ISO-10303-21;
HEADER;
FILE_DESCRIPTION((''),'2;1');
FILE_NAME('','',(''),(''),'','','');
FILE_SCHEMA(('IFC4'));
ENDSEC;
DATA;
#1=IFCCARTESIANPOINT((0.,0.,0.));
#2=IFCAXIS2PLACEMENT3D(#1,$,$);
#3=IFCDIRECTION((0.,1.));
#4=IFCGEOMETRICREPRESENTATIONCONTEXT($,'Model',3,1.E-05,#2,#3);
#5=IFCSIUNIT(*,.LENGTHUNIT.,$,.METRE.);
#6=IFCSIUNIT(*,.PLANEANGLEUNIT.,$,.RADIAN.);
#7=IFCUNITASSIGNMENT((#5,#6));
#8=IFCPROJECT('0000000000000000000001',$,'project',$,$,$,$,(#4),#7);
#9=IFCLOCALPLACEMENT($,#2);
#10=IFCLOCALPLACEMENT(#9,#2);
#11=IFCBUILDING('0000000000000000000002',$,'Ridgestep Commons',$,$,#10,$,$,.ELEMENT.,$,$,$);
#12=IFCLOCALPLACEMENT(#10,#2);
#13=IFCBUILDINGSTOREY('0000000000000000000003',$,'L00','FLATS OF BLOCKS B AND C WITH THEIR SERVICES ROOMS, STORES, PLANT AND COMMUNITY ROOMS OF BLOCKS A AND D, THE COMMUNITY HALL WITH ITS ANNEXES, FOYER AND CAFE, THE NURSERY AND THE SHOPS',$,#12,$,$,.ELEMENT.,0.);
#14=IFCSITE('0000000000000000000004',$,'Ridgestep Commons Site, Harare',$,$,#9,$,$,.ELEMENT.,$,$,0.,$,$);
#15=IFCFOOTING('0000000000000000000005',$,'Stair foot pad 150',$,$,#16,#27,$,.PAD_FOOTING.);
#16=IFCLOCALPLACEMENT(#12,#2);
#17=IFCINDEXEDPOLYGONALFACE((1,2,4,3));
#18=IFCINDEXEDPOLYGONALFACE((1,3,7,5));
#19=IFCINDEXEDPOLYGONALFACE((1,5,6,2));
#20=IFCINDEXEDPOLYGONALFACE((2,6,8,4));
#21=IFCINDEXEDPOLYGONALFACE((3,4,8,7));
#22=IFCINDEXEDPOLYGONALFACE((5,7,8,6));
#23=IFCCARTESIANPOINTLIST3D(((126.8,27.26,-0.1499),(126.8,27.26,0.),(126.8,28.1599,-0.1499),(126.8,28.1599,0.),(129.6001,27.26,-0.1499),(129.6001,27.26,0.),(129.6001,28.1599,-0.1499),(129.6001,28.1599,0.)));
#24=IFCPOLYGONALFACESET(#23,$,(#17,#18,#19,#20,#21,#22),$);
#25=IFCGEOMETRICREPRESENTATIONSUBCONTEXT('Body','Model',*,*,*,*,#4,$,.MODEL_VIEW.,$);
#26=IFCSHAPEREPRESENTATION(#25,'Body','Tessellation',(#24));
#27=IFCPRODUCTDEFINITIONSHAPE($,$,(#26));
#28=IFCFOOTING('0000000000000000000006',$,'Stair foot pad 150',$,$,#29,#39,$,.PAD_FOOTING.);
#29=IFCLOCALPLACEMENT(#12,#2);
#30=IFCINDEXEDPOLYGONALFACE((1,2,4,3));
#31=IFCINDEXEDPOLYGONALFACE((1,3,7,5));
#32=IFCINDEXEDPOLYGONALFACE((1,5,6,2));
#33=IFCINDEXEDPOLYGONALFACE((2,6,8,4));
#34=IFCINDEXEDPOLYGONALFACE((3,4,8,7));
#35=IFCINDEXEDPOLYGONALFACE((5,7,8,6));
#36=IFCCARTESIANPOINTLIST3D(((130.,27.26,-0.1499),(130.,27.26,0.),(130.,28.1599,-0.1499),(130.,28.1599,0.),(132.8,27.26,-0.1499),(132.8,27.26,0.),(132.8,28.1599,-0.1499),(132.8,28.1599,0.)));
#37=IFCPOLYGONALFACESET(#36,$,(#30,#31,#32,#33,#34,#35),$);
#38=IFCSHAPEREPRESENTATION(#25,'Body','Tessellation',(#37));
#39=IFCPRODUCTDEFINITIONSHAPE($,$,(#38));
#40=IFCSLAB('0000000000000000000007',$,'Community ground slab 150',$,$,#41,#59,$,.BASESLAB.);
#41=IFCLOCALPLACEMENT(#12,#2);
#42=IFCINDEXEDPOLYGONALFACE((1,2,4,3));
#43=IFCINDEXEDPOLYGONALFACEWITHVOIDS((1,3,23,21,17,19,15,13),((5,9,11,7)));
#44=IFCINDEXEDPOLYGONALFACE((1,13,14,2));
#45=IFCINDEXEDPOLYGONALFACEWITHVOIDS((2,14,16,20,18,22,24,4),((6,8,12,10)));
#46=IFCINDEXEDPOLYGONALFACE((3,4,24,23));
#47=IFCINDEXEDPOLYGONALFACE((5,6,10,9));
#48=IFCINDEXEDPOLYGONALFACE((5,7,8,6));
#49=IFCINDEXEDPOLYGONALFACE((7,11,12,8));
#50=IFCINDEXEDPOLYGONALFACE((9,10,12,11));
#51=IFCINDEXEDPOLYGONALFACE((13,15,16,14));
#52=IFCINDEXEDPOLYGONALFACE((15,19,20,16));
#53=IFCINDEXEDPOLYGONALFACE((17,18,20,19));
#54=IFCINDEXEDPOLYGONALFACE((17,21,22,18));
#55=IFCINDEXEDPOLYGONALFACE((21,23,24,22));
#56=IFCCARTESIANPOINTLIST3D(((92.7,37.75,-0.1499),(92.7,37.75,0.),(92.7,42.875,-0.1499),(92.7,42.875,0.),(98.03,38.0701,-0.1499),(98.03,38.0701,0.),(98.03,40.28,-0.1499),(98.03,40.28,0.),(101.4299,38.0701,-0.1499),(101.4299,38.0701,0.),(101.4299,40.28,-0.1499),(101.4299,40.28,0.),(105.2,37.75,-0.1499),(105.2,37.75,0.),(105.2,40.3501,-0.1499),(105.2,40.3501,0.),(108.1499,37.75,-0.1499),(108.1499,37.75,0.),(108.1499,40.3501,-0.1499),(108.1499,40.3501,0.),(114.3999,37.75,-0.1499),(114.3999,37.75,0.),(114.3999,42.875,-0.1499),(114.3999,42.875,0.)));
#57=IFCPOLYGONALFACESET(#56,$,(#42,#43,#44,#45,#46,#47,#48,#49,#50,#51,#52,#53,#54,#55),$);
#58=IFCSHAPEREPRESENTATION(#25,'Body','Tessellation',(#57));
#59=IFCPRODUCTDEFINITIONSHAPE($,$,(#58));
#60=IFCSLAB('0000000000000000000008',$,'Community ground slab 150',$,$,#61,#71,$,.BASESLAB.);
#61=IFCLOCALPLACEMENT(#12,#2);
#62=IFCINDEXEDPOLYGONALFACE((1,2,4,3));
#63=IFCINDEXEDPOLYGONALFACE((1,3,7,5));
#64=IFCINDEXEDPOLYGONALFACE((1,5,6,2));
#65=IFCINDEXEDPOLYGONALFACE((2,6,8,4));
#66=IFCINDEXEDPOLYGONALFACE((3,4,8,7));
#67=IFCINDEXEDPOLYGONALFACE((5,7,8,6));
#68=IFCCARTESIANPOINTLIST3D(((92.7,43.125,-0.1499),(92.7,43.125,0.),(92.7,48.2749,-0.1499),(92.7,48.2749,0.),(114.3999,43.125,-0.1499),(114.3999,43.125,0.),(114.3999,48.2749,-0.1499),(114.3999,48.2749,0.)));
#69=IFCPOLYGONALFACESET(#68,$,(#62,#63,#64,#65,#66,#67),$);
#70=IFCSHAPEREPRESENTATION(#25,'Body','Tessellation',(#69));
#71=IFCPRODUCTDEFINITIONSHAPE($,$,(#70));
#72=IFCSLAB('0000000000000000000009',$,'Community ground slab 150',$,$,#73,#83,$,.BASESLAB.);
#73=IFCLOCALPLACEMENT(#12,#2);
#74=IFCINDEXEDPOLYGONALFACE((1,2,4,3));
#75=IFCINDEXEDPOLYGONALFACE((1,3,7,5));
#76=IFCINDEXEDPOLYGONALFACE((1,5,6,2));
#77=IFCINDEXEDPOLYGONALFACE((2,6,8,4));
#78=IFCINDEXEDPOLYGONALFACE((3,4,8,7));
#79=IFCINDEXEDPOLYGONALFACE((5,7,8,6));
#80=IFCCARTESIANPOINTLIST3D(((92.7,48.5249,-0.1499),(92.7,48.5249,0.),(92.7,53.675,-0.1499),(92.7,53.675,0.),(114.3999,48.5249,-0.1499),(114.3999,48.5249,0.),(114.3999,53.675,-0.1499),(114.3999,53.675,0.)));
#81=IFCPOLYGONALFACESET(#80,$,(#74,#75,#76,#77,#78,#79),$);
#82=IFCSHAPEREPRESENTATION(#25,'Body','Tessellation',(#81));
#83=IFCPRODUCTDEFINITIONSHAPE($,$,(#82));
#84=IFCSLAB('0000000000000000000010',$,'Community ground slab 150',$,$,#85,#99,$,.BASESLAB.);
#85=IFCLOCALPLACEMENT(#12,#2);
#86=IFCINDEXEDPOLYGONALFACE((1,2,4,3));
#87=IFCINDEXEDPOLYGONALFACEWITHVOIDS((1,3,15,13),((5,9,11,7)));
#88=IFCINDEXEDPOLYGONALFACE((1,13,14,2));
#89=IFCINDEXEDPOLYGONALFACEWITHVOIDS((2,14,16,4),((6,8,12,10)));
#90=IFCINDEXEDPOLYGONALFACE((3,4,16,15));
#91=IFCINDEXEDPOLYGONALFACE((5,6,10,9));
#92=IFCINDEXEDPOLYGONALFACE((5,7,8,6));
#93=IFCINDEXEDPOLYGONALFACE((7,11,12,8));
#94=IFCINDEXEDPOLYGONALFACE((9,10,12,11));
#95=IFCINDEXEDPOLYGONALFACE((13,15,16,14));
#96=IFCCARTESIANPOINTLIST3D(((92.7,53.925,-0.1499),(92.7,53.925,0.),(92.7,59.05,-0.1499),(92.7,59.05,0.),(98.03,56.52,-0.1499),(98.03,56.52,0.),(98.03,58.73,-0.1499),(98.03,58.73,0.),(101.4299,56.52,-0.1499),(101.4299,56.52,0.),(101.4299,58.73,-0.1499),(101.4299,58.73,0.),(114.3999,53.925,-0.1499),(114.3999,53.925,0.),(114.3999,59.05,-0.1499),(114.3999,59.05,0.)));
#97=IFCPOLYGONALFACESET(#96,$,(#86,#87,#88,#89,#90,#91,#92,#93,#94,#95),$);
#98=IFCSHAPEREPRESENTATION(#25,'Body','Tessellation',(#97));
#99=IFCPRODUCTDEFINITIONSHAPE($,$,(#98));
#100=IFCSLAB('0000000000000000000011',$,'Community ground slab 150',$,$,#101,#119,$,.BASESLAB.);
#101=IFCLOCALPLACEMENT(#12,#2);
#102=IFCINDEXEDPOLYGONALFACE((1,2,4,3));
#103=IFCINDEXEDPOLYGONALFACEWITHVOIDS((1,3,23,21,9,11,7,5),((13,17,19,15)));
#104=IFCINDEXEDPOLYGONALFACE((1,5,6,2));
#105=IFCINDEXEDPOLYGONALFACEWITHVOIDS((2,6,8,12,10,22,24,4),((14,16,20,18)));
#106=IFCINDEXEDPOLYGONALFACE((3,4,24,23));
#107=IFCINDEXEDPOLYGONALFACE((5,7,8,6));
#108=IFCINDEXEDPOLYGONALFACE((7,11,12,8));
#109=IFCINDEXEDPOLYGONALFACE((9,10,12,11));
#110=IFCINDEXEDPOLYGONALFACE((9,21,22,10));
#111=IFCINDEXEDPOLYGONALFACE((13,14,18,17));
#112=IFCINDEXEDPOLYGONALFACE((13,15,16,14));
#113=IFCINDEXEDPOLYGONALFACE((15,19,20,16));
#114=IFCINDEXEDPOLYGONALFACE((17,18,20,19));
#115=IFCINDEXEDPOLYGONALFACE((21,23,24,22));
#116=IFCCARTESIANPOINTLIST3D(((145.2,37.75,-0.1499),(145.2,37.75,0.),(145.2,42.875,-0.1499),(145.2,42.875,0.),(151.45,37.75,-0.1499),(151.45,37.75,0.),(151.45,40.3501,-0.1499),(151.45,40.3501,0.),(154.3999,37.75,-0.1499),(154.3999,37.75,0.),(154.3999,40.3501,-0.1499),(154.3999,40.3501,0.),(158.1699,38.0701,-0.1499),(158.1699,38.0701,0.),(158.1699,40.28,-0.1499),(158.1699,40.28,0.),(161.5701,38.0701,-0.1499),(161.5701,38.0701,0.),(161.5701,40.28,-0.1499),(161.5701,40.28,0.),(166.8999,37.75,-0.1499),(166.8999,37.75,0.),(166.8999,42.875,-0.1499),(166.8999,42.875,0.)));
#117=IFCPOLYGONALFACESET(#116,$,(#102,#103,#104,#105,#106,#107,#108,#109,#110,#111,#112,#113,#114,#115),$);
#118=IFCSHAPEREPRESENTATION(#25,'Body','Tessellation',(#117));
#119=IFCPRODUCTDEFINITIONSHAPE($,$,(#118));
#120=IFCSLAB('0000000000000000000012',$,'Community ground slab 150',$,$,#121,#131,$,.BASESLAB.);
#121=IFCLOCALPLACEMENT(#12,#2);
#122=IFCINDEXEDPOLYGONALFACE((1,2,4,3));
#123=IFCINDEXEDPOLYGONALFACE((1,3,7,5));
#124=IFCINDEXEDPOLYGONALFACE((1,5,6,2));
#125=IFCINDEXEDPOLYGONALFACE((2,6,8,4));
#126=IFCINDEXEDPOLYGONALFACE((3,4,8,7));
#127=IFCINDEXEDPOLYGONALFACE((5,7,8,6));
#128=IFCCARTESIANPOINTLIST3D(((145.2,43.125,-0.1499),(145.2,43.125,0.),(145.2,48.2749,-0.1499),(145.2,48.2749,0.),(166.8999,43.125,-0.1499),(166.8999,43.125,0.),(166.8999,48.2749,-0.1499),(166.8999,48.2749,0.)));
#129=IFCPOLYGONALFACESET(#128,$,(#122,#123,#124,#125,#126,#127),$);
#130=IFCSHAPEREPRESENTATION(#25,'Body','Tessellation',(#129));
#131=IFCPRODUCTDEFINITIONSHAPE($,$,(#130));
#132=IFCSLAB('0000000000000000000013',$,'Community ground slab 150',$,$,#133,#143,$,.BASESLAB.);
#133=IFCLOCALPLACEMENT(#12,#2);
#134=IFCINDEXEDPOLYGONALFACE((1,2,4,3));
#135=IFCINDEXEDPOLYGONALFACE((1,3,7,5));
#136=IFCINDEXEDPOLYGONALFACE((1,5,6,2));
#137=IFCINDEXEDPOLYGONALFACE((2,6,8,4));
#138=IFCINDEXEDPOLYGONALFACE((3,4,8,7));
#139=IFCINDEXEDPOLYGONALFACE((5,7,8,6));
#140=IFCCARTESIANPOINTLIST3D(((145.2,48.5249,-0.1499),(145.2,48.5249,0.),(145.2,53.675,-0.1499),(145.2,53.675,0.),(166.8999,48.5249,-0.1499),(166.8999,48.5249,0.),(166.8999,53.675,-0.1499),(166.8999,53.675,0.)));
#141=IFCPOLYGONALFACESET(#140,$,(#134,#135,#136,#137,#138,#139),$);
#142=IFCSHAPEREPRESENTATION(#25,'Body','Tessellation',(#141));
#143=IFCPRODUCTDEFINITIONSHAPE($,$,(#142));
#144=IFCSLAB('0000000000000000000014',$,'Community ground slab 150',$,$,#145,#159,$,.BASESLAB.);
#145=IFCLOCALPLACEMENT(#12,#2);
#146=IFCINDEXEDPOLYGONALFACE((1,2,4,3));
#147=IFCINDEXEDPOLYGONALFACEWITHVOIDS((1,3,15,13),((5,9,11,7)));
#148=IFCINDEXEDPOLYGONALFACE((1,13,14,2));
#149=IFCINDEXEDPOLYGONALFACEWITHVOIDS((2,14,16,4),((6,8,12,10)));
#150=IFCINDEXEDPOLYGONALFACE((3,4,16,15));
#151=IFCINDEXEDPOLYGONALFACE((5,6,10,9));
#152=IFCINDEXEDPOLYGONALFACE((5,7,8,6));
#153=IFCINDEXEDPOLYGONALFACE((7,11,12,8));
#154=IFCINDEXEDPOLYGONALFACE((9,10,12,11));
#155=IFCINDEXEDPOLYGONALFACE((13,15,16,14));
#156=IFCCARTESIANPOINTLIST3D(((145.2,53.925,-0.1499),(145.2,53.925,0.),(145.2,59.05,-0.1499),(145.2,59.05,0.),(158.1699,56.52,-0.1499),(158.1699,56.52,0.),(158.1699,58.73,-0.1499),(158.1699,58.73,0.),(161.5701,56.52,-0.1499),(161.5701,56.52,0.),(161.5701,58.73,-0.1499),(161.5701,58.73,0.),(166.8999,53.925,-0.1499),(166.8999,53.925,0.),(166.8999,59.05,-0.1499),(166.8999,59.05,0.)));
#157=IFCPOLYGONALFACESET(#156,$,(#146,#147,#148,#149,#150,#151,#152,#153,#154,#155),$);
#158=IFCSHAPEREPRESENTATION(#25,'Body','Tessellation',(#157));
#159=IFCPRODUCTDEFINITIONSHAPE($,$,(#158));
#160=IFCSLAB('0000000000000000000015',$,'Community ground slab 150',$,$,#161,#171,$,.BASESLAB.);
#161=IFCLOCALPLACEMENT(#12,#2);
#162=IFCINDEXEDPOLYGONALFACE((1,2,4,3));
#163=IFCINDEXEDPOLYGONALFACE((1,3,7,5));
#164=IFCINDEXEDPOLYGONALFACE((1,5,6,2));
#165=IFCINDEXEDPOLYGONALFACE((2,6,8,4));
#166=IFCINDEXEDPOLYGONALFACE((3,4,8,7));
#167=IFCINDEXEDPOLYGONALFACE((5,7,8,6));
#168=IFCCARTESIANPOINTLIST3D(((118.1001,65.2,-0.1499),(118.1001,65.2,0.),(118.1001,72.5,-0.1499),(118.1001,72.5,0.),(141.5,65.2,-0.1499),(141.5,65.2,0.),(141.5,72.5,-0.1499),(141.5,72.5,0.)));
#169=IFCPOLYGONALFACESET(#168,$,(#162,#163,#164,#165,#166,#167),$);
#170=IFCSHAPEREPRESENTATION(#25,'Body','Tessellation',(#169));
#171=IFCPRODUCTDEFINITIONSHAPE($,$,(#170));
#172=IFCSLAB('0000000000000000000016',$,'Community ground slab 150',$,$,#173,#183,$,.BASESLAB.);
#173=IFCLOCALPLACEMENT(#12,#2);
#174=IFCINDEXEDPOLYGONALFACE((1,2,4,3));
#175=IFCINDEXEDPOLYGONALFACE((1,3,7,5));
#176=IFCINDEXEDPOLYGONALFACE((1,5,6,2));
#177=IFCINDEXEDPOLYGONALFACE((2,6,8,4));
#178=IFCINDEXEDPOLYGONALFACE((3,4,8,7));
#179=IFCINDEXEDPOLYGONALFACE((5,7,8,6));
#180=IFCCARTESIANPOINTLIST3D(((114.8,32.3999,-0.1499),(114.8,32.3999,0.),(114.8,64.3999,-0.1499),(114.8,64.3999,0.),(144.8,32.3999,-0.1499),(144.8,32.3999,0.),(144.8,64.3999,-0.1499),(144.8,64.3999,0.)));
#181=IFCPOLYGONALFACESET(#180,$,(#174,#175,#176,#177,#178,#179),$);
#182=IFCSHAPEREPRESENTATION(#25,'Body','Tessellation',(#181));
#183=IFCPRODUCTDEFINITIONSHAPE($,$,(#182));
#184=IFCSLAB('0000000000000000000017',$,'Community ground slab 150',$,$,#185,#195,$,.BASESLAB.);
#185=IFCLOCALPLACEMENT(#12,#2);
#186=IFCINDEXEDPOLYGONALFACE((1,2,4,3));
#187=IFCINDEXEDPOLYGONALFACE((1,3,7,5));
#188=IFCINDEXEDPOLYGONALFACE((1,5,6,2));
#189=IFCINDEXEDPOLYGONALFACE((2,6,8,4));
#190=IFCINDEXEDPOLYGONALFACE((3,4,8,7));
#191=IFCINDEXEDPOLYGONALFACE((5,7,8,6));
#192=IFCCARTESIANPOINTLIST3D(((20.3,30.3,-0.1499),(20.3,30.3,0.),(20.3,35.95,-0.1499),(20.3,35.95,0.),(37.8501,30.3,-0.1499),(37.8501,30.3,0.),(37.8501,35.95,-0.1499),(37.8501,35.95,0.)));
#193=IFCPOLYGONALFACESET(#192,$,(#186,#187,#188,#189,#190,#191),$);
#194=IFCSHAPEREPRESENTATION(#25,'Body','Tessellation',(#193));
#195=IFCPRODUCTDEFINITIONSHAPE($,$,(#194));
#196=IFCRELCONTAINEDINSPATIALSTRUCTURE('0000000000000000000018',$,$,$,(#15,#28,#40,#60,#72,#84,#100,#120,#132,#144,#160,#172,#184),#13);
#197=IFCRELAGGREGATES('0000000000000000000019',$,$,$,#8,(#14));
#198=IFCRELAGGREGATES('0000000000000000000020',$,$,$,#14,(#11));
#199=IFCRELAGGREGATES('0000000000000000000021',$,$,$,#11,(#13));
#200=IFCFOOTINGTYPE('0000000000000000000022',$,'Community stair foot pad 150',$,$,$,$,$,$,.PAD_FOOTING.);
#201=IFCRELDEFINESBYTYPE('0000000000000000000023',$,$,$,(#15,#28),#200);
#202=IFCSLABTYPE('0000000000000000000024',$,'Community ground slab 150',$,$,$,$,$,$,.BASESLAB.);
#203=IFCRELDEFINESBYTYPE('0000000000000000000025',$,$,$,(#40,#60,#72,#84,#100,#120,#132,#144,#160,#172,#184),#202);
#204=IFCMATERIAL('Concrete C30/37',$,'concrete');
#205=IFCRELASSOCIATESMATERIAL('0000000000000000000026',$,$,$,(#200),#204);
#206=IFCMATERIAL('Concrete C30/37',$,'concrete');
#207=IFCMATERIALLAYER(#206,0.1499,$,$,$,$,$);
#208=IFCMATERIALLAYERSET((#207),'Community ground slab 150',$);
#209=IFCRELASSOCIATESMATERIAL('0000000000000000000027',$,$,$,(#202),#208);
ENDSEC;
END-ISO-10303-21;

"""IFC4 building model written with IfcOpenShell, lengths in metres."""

from ifc_helpers import new_model, si_unit, direction, frame, origin, place, context, subcontext, project, spatial, polyline, outline, extrude, material, layer, layer_set, type_object, element, save


model = new_model("IFC4")

# Units and contexts
model_context = context("Model", 3, precision=1e-05, world=origin(), true_north=direction((0.0, 1.0)))
body_context = subcontext(model_context, "Body", "Model", "MODEL_VIEW")
ifc_project = project(units=[si_unit("LENGTHUNIT", "METRE"), si_unit("PLANEANGLEUNIT", "RADIAN")], contexts=[model_context])

# Site, building, storey
site_placement = place(None, origin())
site = spatial("IfcSite", under=ifc_project, at=site_placement, Name="Ridgestep Commons Site, Harare", CompositionType="ELEMENT", RefElevation=0.0)
building_placement = place(site_placement, origin())
building = spatial("IfcBuilding", under=site, at=building_placement, Name="Ridgestep Commons", CompositionType="ELEMENT")
storey_placement = place(building_placement, origin())
storey = spatial("IfcBuildingStorey", under=building, at=storey_placement, Name="L00", Description="FLATS OF BLOCKS B AND C WITH THEIR SERVICES ROOMS, STORES, PLANT AND COMMUNITY ROOMS OF BLOCKS A AND D, THE COMMUNITY HALL WITH ITS ANNEXES, FOYER AND CAFE, THE NURSERY AND THE SHOPS", CompositionType="ELEMENT", Elevation=0.0)

# Footings
ifc_material_1 = material(Name="Concrete C30/37", Category="concrete")
footing_type = type_object("IfcFootingType", Name="Community stair foot pad 150", PredefinedType="PAD_FOOTING", material=ifc_material_1)
footing_1_placement = place(storey_placement, frame((0.0, 0.0, -0.1499)))
element("IfcFooting", 1, at=footing_1_placement, inside=storey, type_object=footing_type, Name="Stair foot pad 150", PredefinedType="PAD_FOOTING", context=body_context, shape_type="SweptSolid", body=[
    extrude(outline(polyline([(126.8, 27.26), (129.6001, 27.26), (129.6001, 28.1599), (126.8, 28.1599), (126.8, 27.26)])), origin(), (0.0, 0.0, 1.0), 0.1499),
])
footing_2_placement = place(storey_placement, frame((0.0, 0.0, -0.1499)))
element("IfcFooting", 2, at=footing_2_placement, inside=storey, type_object=footing_type, Name="Stair foot pad 150", PredefinedType="PAD_FOOTING", context=body_context, shape_type="SweptSolid", body=[
    extrude(outline(polyline([(130.0, 27.26), (132.8, 27.26), (132.8, 28.1599), (130.0, 28.1599), (130.0, 27.26)])), origin(), (0.0, 0.0, 1.0), 0.1499),
])

# Slabs
ifc_material_2 = material(Name="Concrete C30/37", Category="concrete")
ifc_layer_1 = layer(ifc_material_2, 0.1499)
ifc_layer_set_1 = layer_set([ifc_layer_1], Name="Community ground slab 150")
slab_type_1 = type_object("IfcSlabType", Name="Community ground slab 150", PredefinedType="BASESLAB", material=ifc_layer_set_1)
slab_1_placement = place(storey_placement, frame((0.0, 0.0, -0.1499)))
element("IfcSlab", 3, at=slab_1_placement, inside=storey, type_object=slab_type_1, Name="Community ground slab 150", PredefinedType="BASESLAB", context=body_context, shape_type="SweptSolid", body=[
    extrude(outline(polyline([(92.7, 42.875), (114.3999, 42.875), (114.3999, 37.75), (108.1499, 37.75), (108.1499, 40.3501), (105.2, 40.3501), (105.2, 37.75), (92.7, 37.75), (92.7, 42.875)]), holes=[polyline([(98.03, 38.0701), (101.4299, 38.0701), (101.4299, 40.28), (98.03, 40.28), (98.03, 38.0701)])]), origin(), (0.0, 0.0, 1.0), 0.1499),
])
slab_2_placement = place(storey_placement, frame((0.0, 0.0, -0.1499)))
element("IfcSlab", 4, at=slab_2_placement, inside=storey, type_object=slab_type_1, Name="Community ground slab 150", PredefinedType="BASESLAB", context=body_context, shape_type="SweptSolid", body=[
    extrude(outline(polyline([(92.7, 43.125), (114.3999, 43.125), (114.3999, 48.2749), (92.7, 48.2749), (92.7, 43.125)])), origin(), (0.0, 0.0, 1.0), 0.1499),
])
slab_3_placement = place(storey_placement, frame((0.0, 0.0, -0.1499)))
element("IfcSlab", 5, at=slab_3_placement, inside=storey, type_object=slab_type_1, Name="Community ground slab 150", PredefinedType="BASESLAB", context=body_context, shape_type="SweptSolid", body=[
    extrude(outline(polyline([(92.7, 48.5249), (114.3999, 48.5249), (114.3999, 53.675), (92.7, 53.675), (92.7, 48.5249)])), origin(), (0.0, 0.0, 1.0), 0.1499),
])
slab_4_placement = place(storey_placement, frame((0.0, 0.0, -0.1499)))
element("IfcSlab", 6, at=slab_4_placement, inside=storey, type_object=slab_type_1, Name="Community ground slab 150", PredefinedType="BASESLAB", context=body_context, shape_type="SweptSolid", body=[
    extrude(outline(polyline([(92.7, 59.05), (114.3999, 59.05), (114.3999, 53.925), (92.7, 53.925), (92.7, 59.05)]), holes=[polyline([(101.4299, 58.73), (98.03, 58.73), (98.03, 56.52), (101.4299, 56.52), (101.4299, 58.73)])]), origin(), (0.0, 0.0, 1.0), 0.1499),
])
slab_5_placement = place(storey_placement, frame((0.0, 0.0, -0.1499)))
element("IfcSlab", 7, at=slab_5_placement, inside=storey, type_object=slab_type_1, Name="Community ground slab 150", PredefinedType="BASESLAB", context=body_context, shape_type="SweptSolid", body=[
    extrude(outline(polyline([(145.2, 42.875), (166.8999, 42.875), (166.8999, 37.75), (154.3999, 37.75), (154.3999, 40.3501), (151.45, 40.3501), (151.45, 37.75), (145.2, 37.75), (145.2, 42.875)]), holes=[polyline([(158.1699, 38.0701), (161.5701, 38.0701), (161.5701, 40.28), (158.1699, 40.28), (158.1699, 38.0701)])]), origin(), (0.0, 0.0, 1.0), 0.1499),
])
slab_6_placement = place(storey_placement, frame((0.0, 0.0, -0.1499)))
element("IfcSlab", 8, at=slab_6_placement, inside=storey, type_object=slab_type_1, Name="Community ground slab 150", PredefinedType="BASESLAB", context=body_context, shape_type="SweptSolid", body=[
    extrude(outline(polyline([(145.2, 43.125), (166.8999, 43.125), (166.8999, 48.2749), (145.2, 48.2749), (145.2, 43.125)])), origin(), (0.0, 0.0, 1.0), 0.1499),
])
slab_7_placement = place(storey_placement, frame((0.0, 0.0, -0.1499)))
element("IfcSlab", 9, at=slab_7_placement, inside=storey, type_object=slab_type_1, Name="Community ground slab 150", PredefinedType="BASESLAB", context=body_context, shape_type="SweptSolid", body=[
    extrude(outline(polyline([(145.2, 48.5249), (166.8999, 48.5249), (166.8999, 53.675), (145.2, 53.675), (145.2, 48.5249)])), origin(), (0.0, 0.0, 1.0), 0.1499),
])
slab_8_placement = place(storey_placement, frame((0.0, 0.0, -0.1499)))
element("IfcSlab", 10, at=slab_8_placement, inside=storey, type_object=slab_type_1, Name="Community ground slab 150", PredefinedType="BASESLAB", context=body_context, shape_type="SweptSolid", body=[
    extrude(outline(polyline([(145.2, 59.05), (166.8999, 59.05), (166.8999, 53.925), (145.2, 53.925), (145.2, 59.05)]), holes=[polyline([(161.5701, 58.73), (158.1699, 58.73), (158.1699, 56.52), (161.5701, 56.52), (161.5701, 58.73)])]), origin(), (0.0, 0.0, 1.0), 0.1499),
])
slab_9_placement = place(storey_placement, frame((0.0, 0.0, -0.1499)))
element("IfcSlab", 11, at=slab_9_placement, inside=storey, type_object=slab_type_1, Name="Community ground slab 150", PredefinedType="BASESLAB", context=body_context, shape_type="SweptSolid", body=[
    extrude(outline(polyline([(118.1001, 65.2), (141.5, 65.2), (141.5, 72.5), (118.1001, 72.5), (118.1001, 65.2)])), origin(), (0.0, 0.0, 1.0), 0.1499),
])
slab_10_placement = place(storey_placement, frame((0.0, 0.0, -0.1499)))
element("IfcSlab", 12, at=slab_10_placement, inside=storey, type_object=slab_type_1, Name="Community ground slab 150", PredefinedType="BASESLAB", context=body_context, shape_type="SweptSolid", body=[
    extrude(outline(polyline([(114.8, 32.3999), (144.8, 32.3999), (144.8, 64.3999), (114.8, 64.3999), (114.8, 32.3999)])), origin(), (0.0, 0.0, 1.0), 0.1499),
])
slab_11_placement = place(storey_placement, frame((0.0, 0.0, -0.1499)))
element("IfcSlab", 13, at=slab_11_placement, inside=storey, type_object=slab_type_1, Name="Community ground slab 150", PredefinedType="BASESLAB", context=body_context, shape_type="SweptSolid", body=[
    extrude(outline(polyline([(20.3, 30.3), (37.8501, 30.3), (37.8501, 35.95), (20.3, 35.95), (20.3, 30.3)])), origin(), (0.0, 0.0, 1.0), 0.1499),
])

save(model, "model.ifc")
